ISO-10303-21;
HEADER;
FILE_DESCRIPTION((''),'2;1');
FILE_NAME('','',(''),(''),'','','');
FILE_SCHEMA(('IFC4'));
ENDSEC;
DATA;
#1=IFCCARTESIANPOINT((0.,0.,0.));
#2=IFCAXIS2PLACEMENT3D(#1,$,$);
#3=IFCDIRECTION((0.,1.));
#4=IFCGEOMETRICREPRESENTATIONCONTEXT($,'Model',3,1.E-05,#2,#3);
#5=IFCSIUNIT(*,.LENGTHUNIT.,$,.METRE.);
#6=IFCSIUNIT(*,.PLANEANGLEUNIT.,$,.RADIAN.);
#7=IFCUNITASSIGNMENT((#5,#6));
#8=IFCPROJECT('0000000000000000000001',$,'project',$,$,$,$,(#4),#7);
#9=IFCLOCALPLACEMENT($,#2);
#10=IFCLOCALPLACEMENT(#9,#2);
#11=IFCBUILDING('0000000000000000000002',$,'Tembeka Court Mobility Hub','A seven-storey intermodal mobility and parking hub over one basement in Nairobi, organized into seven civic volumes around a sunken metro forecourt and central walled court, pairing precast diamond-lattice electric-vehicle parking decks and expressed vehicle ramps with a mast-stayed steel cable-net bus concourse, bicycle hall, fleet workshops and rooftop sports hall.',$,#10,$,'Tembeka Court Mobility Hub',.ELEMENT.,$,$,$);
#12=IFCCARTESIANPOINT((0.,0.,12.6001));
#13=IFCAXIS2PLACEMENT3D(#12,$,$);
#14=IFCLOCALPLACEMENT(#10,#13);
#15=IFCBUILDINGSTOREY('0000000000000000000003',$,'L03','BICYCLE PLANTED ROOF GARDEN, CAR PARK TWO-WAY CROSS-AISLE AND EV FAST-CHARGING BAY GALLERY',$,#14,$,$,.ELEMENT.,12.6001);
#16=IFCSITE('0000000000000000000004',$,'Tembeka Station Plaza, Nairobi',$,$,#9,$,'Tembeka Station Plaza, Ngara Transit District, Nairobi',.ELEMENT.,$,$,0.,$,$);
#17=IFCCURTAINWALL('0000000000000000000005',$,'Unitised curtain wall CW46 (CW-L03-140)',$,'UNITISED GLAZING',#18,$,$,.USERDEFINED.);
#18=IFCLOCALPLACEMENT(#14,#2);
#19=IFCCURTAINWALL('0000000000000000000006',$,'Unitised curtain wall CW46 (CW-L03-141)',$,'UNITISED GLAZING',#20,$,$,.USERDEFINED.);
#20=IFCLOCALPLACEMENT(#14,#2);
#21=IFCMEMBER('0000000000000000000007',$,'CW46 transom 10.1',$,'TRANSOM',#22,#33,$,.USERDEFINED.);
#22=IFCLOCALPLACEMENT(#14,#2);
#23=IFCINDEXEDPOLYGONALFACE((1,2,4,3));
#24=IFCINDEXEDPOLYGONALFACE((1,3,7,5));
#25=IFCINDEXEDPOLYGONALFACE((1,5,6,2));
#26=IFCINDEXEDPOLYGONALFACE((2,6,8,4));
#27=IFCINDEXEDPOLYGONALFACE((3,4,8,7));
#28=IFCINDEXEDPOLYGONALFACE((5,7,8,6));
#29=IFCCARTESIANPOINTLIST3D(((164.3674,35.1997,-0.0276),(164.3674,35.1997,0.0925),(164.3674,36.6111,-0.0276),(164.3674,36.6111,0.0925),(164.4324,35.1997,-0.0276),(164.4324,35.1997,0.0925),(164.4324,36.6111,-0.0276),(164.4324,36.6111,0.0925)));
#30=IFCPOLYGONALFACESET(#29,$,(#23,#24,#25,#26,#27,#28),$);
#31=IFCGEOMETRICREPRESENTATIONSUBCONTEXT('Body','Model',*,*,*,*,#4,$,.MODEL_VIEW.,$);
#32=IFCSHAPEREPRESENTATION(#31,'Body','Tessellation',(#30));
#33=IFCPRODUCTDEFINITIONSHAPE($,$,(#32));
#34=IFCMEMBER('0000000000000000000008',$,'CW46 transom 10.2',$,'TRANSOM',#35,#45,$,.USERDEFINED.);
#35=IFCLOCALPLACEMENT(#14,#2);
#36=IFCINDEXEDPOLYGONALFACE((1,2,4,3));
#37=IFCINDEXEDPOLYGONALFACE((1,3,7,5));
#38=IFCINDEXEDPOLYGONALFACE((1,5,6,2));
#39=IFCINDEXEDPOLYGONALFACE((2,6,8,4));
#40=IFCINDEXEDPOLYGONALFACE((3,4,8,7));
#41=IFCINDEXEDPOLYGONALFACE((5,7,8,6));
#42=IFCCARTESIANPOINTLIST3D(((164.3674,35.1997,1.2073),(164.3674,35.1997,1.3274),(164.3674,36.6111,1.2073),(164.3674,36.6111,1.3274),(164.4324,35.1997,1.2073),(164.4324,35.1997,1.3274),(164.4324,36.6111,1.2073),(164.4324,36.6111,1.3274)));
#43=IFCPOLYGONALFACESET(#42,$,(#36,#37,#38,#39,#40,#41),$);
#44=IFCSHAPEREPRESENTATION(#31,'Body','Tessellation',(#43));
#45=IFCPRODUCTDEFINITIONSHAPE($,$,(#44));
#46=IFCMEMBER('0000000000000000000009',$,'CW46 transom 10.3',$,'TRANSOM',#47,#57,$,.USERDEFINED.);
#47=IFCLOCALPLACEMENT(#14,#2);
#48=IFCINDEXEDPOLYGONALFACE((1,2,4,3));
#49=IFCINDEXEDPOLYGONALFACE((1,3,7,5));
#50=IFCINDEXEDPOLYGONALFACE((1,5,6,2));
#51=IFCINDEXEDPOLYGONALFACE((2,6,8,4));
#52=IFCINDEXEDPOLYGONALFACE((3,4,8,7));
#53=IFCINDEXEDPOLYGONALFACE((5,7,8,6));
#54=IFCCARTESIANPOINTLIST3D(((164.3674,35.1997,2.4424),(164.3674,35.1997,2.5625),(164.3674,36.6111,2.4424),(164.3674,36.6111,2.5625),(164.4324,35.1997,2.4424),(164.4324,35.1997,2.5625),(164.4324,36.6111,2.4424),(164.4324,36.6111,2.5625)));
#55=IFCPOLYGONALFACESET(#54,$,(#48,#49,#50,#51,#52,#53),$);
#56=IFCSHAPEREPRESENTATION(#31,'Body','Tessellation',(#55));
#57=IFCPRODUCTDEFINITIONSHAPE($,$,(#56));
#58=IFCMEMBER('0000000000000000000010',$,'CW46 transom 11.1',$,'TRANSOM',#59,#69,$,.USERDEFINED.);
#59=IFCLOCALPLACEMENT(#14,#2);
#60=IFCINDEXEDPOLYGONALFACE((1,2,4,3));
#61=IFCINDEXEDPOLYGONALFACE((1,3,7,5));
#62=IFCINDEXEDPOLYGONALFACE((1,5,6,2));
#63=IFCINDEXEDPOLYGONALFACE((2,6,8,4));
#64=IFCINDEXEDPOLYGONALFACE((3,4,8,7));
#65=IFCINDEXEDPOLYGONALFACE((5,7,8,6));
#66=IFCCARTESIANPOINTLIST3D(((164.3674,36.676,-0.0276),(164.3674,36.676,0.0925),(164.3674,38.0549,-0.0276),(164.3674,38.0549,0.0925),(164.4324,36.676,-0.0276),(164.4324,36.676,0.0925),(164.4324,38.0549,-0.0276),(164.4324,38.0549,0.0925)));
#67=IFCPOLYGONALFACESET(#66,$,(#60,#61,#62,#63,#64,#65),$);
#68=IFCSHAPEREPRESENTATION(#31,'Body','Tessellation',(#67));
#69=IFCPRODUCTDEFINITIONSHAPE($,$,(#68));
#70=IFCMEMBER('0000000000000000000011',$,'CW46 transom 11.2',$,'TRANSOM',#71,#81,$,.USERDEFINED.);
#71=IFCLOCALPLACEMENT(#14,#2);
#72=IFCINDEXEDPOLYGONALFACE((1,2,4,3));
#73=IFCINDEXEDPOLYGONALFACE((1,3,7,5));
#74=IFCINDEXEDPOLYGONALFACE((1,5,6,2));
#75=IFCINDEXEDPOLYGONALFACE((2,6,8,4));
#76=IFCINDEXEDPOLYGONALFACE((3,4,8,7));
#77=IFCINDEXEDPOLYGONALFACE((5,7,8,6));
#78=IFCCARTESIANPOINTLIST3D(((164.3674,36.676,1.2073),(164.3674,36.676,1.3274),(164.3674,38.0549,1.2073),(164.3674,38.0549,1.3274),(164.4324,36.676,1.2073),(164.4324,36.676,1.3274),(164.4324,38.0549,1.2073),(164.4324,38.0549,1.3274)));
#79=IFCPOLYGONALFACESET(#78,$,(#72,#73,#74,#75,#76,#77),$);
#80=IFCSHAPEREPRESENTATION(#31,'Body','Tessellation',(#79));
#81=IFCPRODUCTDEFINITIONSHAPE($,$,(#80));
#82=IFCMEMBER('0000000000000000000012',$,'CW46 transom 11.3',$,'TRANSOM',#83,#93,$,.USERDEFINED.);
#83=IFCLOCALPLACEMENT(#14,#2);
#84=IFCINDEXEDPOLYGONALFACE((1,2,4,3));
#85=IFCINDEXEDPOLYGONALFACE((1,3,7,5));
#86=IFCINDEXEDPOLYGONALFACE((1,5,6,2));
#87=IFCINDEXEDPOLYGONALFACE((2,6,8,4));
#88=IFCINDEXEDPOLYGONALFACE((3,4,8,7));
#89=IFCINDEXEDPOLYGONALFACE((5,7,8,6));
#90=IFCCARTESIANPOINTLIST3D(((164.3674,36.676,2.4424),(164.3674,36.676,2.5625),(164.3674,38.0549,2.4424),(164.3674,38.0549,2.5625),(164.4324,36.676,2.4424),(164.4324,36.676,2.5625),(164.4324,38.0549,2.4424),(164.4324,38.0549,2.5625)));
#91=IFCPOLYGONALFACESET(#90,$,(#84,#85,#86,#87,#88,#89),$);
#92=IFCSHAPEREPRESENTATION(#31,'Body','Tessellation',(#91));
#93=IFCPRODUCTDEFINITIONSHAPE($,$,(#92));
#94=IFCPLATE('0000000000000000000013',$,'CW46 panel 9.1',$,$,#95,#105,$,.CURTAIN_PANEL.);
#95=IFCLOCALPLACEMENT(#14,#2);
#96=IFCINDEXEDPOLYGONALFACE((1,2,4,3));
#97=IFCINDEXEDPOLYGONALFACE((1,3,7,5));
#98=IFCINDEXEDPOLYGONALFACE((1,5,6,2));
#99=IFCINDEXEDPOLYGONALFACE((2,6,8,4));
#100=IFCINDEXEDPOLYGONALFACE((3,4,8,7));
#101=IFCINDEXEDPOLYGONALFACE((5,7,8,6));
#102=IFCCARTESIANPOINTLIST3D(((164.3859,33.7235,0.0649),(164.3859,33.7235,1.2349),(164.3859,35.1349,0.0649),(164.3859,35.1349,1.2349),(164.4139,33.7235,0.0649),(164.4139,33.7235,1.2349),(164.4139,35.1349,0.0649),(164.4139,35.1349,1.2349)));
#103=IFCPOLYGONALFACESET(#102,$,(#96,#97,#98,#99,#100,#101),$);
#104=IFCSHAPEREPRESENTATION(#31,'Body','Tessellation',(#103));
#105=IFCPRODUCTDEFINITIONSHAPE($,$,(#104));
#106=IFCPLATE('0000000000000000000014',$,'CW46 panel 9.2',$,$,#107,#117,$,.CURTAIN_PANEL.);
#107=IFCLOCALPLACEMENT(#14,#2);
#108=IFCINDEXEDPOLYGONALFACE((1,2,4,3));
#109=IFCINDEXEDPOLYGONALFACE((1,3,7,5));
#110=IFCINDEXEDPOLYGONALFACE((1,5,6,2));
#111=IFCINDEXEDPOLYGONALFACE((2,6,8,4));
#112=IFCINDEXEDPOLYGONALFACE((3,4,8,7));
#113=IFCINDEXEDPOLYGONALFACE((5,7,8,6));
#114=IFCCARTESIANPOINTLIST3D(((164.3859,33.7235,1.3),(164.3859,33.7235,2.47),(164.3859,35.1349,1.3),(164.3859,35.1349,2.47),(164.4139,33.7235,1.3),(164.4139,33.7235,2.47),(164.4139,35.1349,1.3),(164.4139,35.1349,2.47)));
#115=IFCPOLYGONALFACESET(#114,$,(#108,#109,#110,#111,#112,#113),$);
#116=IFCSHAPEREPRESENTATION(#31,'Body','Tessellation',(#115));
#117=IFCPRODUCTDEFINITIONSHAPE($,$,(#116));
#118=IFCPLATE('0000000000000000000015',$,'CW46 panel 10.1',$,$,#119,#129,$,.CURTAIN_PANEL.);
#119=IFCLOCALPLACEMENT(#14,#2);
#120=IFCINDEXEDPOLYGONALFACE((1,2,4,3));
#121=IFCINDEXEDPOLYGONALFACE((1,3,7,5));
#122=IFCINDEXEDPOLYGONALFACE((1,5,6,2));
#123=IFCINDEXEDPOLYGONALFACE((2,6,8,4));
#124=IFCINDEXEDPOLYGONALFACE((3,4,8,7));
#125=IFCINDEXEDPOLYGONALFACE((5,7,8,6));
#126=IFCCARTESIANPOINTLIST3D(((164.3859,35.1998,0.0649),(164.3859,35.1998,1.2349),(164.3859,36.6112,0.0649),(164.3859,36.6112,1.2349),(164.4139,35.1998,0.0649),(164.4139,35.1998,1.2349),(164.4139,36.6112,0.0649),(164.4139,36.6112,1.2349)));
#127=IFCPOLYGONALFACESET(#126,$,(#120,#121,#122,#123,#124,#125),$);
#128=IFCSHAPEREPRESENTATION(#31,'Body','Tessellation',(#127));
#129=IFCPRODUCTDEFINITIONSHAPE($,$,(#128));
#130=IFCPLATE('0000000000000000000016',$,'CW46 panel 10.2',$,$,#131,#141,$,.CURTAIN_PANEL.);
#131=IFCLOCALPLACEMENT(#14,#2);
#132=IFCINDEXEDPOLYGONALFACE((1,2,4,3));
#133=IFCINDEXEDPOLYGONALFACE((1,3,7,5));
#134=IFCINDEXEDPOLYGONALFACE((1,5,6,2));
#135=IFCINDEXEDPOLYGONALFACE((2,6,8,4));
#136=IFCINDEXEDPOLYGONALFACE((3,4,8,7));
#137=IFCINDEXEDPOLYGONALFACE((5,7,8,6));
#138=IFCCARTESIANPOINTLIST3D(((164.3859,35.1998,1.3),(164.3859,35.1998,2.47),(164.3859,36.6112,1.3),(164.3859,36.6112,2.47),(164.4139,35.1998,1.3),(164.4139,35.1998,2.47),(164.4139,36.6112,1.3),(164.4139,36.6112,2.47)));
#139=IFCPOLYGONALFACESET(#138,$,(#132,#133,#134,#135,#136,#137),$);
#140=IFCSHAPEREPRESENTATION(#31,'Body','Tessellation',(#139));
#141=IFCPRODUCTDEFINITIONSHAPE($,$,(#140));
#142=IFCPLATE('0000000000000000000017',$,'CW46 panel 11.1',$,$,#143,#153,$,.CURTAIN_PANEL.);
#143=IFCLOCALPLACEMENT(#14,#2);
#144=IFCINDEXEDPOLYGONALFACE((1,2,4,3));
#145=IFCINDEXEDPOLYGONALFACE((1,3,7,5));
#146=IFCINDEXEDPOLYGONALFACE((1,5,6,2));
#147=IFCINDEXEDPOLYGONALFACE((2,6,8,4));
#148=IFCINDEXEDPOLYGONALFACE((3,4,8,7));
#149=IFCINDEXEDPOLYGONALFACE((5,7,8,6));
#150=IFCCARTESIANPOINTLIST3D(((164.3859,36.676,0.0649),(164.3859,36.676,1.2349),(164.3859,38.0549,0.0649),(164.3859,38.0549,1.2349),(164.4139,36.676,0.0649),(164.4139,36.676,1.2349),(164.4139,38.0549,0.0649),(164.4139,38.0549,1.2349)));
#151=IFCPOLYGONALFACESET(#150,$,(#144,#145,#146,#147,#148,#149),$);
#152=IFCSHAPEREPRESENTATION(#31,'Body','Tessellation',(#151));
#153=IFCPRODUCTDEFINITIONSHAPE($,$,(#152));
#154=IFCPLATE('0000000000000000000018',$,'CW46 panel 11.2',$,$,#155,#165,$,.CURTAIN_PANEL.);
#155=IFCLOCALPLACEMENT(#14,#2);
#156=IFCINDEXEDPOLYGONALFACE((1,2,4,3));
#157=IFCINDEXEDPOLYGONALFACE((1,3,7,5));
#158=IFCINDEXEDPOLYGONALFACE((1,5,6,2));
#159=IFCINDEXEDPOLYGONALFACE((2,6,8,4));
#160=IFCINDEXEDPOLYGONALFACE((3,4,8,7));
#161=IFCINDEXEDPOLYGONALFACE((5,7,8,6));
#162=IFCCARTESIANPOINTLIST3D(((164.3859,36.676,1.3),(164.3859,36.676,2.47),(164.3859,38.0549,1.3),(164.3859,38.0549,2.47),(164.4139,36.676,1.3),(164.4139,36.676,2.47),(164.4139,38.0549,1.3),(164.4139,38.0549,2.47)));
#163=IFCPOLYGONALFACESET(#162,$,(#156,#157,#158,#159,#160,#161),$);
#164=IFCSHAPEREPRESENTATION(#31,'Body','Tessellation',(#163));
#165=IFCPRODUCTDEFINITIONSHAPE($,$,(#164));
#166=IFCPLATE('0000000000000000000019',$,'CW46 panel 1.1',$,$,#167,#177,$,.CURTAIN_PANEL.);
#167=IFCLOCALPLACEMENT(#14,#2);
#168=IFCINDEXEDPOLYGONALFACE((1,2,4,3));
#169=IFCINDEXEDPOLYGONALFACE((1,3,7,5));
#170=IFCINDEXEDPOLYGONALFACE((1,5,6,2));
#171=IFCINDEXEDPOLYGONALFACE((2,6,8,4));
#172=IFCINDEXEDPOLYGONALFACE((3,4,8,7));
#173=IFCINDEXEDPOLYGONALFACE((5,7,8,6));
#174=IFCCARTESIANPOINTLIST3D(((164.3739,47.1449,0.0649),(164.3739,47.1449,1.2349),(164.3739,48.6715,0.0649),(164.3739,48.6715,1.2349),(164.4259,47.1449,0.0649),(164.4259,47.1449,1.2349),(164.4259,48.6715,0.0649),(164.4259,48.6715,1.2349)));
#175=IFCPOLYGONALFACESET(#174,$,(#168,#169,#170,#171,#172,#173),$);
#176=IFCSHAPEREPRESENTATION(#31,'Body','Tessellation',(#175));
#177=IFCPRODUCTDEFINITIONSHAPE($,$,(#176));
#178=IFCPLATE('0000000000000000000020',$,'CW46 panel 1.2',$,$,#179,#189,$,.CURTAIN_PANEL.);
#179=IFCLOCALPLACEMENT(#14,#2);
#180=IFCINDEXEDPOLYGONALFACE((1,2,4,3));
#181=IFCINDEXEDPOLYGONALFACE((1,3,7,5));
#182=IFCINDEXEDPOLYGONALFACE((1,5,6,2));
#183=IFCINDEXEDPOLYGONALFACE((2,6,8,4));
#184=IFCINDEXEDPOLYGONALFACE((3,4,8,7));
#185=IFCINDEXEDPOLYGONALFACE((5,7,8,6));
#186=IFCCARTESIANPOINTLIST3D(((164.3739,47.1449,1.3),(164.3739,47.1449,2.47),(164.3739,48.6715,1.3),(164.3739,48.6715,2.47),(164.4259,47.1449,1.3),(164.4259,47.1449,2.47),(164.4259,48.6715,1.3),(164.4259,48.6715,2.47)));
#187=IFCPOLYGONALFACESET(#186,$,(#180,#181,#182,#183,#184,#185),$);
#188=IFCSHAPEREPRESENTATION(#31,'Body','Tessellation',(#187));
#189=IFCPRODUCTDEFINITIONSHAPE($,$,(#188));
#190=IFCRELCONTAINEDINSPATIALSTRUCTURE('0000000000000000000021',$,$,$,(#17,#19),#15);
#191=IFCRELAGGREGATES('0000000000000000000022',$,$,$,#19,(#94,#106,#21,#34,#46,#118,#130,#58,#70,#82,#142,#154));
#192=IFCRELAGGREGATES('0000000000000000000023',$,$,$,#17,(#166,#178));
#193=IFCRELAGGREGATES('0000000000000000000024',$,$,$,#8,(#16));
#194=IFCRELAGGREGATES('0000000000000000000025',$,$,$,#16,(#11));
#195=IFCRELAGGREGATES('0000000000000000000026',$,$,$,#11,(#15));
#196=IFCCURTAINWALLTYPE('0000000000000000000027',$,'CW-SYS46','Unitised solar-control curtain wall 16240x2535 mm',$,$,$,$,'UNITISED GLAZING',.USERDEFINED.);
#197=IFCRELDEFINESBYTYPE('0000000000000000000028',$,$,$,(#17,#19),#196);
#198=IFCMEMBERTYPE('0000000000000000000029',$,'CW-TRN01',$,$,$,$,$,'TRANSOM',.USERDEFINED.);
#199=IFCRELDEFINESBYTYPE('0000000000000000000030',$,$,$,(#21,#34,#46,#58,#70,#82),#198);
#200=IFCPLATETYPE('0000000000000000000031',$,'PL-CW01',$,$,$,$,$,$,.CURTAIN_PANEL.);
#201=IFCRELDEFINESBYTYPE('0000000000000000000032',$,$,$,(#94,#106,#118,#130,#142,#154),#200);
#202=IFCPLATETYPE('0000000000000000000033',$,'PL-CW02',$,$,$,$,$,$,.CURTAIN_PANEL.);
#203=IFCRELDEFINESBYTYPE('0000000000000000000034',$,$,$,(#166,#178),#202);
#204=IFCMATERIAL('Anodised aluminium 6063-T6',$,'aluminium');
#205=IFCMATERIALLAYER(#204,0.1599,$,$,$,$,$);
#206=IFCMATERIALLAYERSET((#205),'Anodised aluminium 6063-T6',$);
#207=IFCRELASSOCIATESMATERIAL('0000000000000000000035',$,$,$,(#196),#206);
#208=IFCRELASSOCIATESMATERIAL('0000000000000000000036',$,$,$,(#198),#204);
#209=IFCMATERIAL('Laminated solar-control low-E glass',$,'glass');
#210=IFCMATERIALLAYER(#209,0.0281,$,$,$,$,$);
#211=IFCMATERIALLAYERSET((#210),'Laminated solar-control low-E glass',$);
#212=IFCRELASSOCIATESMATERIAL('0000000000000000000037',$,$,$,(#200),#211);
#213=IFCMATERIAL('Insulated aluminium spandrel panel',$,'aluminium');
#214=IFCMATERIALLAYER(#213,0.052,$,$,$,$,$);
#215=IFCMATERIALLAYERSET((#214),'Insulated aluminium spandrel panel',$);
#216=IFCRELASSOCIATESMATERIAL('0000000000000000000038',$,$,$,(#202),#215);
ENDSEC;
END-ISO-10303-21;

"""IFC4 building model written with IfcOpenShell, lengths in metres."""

from ifc_helpers import new_model, si_unit, direction, frame, origin, origin_2d, place, context, subcontext, project, spatial, rectangle, extrude, material, layer, layer_set, material_profile, profile_set, type_object, element, aggregate, save


model = new_model("IFC4")

# Units and contexts
model_context = context("Model", 3, precision=1e-05, world=origin(), true_north=direction((0.0, 1.0)))
body_context = subcontext(model_context, "Body", "Model", "MODEL_VIEW")
ifc_project = project(units=[si_unit("LENGTHUNIT", "METRE"), si_unit("PLANEANGLEUNIT", "RADIAN")], contexts=[model_context])

# Site, building, storey
site_placement = place(None, origin())
site = spatial("IfcSite", under=ifc_project, at=site_placement, Name="Tembeka Station Plaza, Nairobi", LongName="Tembeka Station Plaza, Ngara Transit District, Nairobi", CompositionType="ELEMENT", RefElevation=0.0)
building_placement = place(site_placement, origin())
building = spatial("IfcBuilding", under=site, at=building_placement, Name="Tembeka Court Mobility Hub", Description="A seven-storey intermodal mobility and parking hub over one basement in Nairobi, organized into seven civic volumes around a sunken metro forecourt and central walled court, pairing precast diamond-lattice electric-vehicle parking decks and expressed vehicle ramps with a mast-stayed steel cable-net bus concourse, bicycle hall, fleet workshops and rooftop sports hall.", LongName="Tembeka Court Mobility Hub", CompositionType="ELEMENT")
storey_placement = place(building_placement, frame((0.0, 0.0, 12.6001)))
storey = spatial("IfcBuildingStorey", under=building, at=storey_placement, Name="L03", Description="BICYCLE PLANTED ROOF GARDEN, CAR PARK TWO-WAY CROSS-AISLE AND EV FAST-CHARGING BAY GALLERY", CompositionType="ELEMENT", Elevation=12.6001)

# Curtain wall
ifc_material_1 = material(Name="Anodised aluminium 6063-T6", Category="aluminium")
ifc_layer_1 = layer(ifc_material_1, 0.1599)
ifc_layer_set_1 = layer_set([ifc_layer_1], Name="Anodised aluminium 6063-T6")
curtain_wall_type = type_object("IfcCurtainWallType", Name="CW-SYS46", Description="Unitised solar-control curtain wall 16240x2535 mm", ElementType="UNITISED GLAZING", PredefinedType="USERDEFINED", material=ifc_layer_set_1)
curtain_wall_1_placement = place(storey_placement, origin())
curtain_wall_1 = element("IfcCurtainWall", 1, at=curtain_wall_1_placement, inside=storey, type_object=curtain_wall_type, Name="Unitised curtain wall CW46 (CW-L03-140)", ObjectType="UNITISED GLAZING", PredefinedType="USERDEFINED")

# Curtain wall
curtain_wall_2_placement = place(storey_placement, origin())
curtain_wall_2 = element("IfcCurtainWall", 2, at=curtain_wall_2_placement, inside=storey, type_object=curtain_wall_type, Name="Unitised curtain wall CW46 (CW-L03-141)", ObjectType="UNITISED GLAZING", PredefinedType="USERDEFINED")

# Members
ifc_material_profile_1 = material_profile(ifc_material_1, rectangle(XDim=0.0649, YDim=0.1201, at=origin_2d()), Name="ALU-TRN 65x120")
ifc_profile_set_1 = profile_set([ifc_material_profile_1], Name="Anodised aluminium 6063-T6")
member_type_1 = type_object("IfcMemberType", Name="CW-TRN01", ElementType="TRANSOM", PredefinedType="USERDEFINED", material=ifc_profile_set_1)
member_1_placement = place(storey_placement, frame((164.3999, 35.1997, 0.0325), z_axis=(0.0, 1.0, 0.0), x_axis=(-1.0, 0.0, 0.0)))
member_1 = element("IfcMember", 3, at=member_1_placement, type_object=member_type_1, Name="CW46 transom 10.1", ObjectType="TRANSOM", PredefinedType="USERDEFINED", context=body_context, shape_type="SweptSolid", body=[
    extrude(rectangle(XDim=0.0649, YDim=0.1201, at=origin_2d()), origin(), (0.0, 0.0, 1.0), 1.4114),
])
member_2_placement = place(storey_placement, frame((164.3999, 35.1997, 1.2673), z_axis=(0.0, 1.0, 0.0), x_axis=(-1.0, 0.0, 0.0)))
member_2 = element("IfcMember", 4, at=member_2_placement, type_object=member_type_1, Name="CW46 transom 10.2", ObjectType="TRANSOM", PredefinedType="USERDEFINED", context=body_context, shape_type="SweptSolid", body=[
    extrude(rectangle(XDim=0.0649, YDim=0.1201, at=origin_2d()), origin(), (0.0, 0.0, 1.0), 1.4114),
])
member_3_placement = place(storey_placement, frame((164.3999, 35.1997, 2.5024), z_axis=(0.0, 1.0, 0.0), x_axis=(-1.0, 0.0, 0.0)))
member_3 = element("IfcMember", 5, at=member_3_placement, type_object=member_type_1, Name="CW46 transom 10.3", ObjectType="TRANSOM", PredefinedType="USERDEFINED", context=body_context, shape_type="SweptSolid", body=[
    extrude(rectangle(XDim=0.0649, YDim=0.1201, at=origin_2d()), origin(), (0.0, 0.0, 1.0), 1.4114),
])
member_4_placement = place(storey_placement, frame((164.3999, 36.676, 0.0325), z_axis=(0.0, 1.0, 0.0), x_axis=(-1.0, 0.0, 0.0)))
member_4 = element("IfcMember", 6, at=member_4_placement, type_object=member_type_1, Name="CW46 transom 11.1", ObjectType="TRANSOM", PredefinedType="USERDEFINED", context=body_context, shape_type="SweptSolid", body=[
    extrude(rectangle(XDim=0.0649, YDim=0.1201, at=origin_2d()), origin(), (0.0, 0.0, 1.0), 1.3789),
])
member_5_placement = place(storey_placement, frame((164.3999, 36.676, 1.2673), z_axis=(0.0, 1.0, 0.0), x_axis=(-1.0, 0.0, 0.0)))
member_5 = element("IfcMember", 7, at=member_5_placement, type_object=member_type_1, Name="CW46 transom 11.2", ObjectType="TRANSOM", PredefinedType="USERDEFINED", context=body_context, shape_type="SweptSolid", body=[
    extrude(rectangle(XDim=0.0649, YDim=0.1201, at=origin_2d()), origin(), (0.0, 0.0, 1.0), 1.3789),
])
member_6_placement = place(storey_placement, frame((164.3999, 36.676, 2.5024), z_axis=(0.0, 1.0, 0.0), x_axis=(-1.0, 0.0, 0.0)))
member_6 = element("IfcMember", 8, at=member_6_placement, type_object=member_type_1, Name="CW46 transom 11.3", ObjectType="TRANSOM", PredefinedType="USERDEFINED", context=body_context, shape_type="SweptSolid", body=[
    extrude(rectangle(XDim=0.0649, YDim=0.1201, at=origin_2d()), origin(), (0.0, 0.0, 1.0), 1.3789),
])

# Plates
ifc_material_2 = material(Name="Laminated solar-control low-E glass", Category="glass")
ifc_layer_2 = layer(ifc_material_2, 0.0281)
ifc_layer_set_2 = layer_set([ifc_layer_2], Name="Laminated solar-control low-E glass")
plate_type_1 = type_object("IfcPlateType", Name="PL-CW01", PredefinedType="CURTAIN_PANEL", material=ifc_layer_set_2)
plate_1_placement = place(storey_placement, frame((164.3999, 34.4292, 0.0649), z_axis=(0.0, 0.0, 1.0), x_axis=(0.0, 1.0, 0.0)))
plate_1 = element("IfcPlate", 9, at=plate_1_placement, type_object=plate_type_1, Name="CW46 panel 9.1", PredefinedType="CURTAIN_PANEL", context=body_context, shape_type="SweptSolid", body=[
    extrude(rectangle(XDim=1.4114, YDim=0.0281, at=origin_2d()), origin(), (0.0, 0.0, 1.0), 1.1699),
])
plate_2_placement = place(storey_placement, frame((164.3999, 34.4292, 1.3), z_axis=(0.0, 0.0, 1.0), x_axis=(0.0, 1.0, 0.0)))
plate_2 = element("IfcPlate", 10, at=plate_2_placement, type_object=plate_type_1, Name="CW46 panel 9.2", PredefinedType="CURTAIN_PANEL", context=body_context, shape_type="SweptSolid", body=[
    extrude(rectangle(XDim=1.4114, YDim=0.0281, at=origin_2d()), origin(), (0.0, 0.0, 1.0), 1.1699),
])
plate_3_placement = place(storey_placement, frame((164.3999, 35.9055, 0.0649), z_axis=(0.0, 0.0, 1.0), x_axis=(0.0, 1.0, 0.0)))
plate_3 = element("IfcPlate", 11, at=plate_3_placement, type_object=plate_type_1, Name="CW46 panel 10.1", PredefinedType="CURTAIN_PANEL", context=body_context, shape_type="SweptSolid", body=[
    extrude(rectangle(XDim=1.4114, YDim=0.0281, at=origin_2d()), origin(), (0.0, 0.0, 1.0), 1.1699),
])
plate_4_placement = place(storey_placement, frame((164.3999, 35.9055, 1.3), z_axis=(0.0, 0.0, 1.0), x_axis=(0.0, 1.0, 0.0)))
plate_4 = element("IfcPlate", 12, at=plate_4_placement, type_object=plate_type_1, Name="CW46 panel 10.2", PredefinedType="CURTAIN_PANEL", context=body_context, shape_type="SweptSolid", body=[
    extrude(rectangle(XDim=1.4114, YDim=0.0281, at=origin_2d()), origin(), (0.0, 0.0, 1.0), 1.1699),
])
plate_5_placement = place(storey_placement, frame((164.3999, 37.3655, 0.0649), z_axis=(0.0, 0.0, 1.0), x_axis=(0.0, 1.0, 0.0)))
plate_5 = element("IfcPlate", 13, at=plate_5_placement, type_object=plate_type_1, Name="CW46 panel 11.1", PredefinedType="CURTAIN_PANEL", context=body_context, shape_type="SweptSolid", body=[
    extrude(rectangle(XDim=1.3789, YDim=0.0281, at=origin_2d()), origin(), (0.0, 0.0, 1.0), 1.1699),
])
plate_6_placement = place(storey_placement, frame((164.3999, 37.3655, 1.3), z_axis=(0.0, 0.0, 1.0), x_axis=(0.0, 1.0, 0.0)))
plate_6 = element("IfcPlate", 14, at=plate_6_placement, type_object=plate_type_1, Name="CW46 panel 11.2", PredefinedType="CURTAIN_PANEL", context=body_context, shape_type="SweptSolid", body=[
    extrude(rectangle(XDim=1.3789, YDim=0.0281, at=origin_2d()), origin(), (0.0, 0.0, 1.0), 1.1699),
])
aggregate(curtain_wall_2, [plate_1, plate_2, member_1, member_2, member_3, plate_3, plate_4, member_4, member_5, member_6, plate_5, plate_6])
ifc_material_3 = material(Name="Insulated aluminium spandrel panel", Category="aluminium")
ifc_layer_3 = layer(ifc_material_3, 0.052)
ifc_layer_set_3 = layer_set([ifc_layer_3], Name="Insulated aluminium spandrel panel")
plate_type_2 = type_object("IfcPlateType", Name="PL-CW02", PredefinedType="CURTAIN_PANEL", material=ifc_layer_set_3)
plate_7_placement = place(storey_placement, frame((164.3999, 47.9082, 0.0649), z_axis=(0.0, 0.0, 1.0), x_axis=(0.0, 1.0, 0.0)))
plate_7 = element("IfcPlate", 15, at=plate_7_placement, type_object=plate_type_2, Name="CW46 panel 1.1", PredefinedType="CURTAIN_PANEL", context=body_context, shape_type="SweptSolid", body=[
    extrude(rectangle(XDim=1.5266, YDim=0.052, at=origin_2d()), origin(), (0.0, 0.0, 1.0), 1.1699),
])
plate_8_placement = place(storey_placement, frame((164.3999, 47.9082, 1.3), z_axis=(0.0, 0.0, 1.0), x_axis=(0.0, 1.0, 0.0)))
plate_8 = element("IfcPlate", 16, at=plate_8_placement, type_object=plate_type_2, Name="CW46 panel 1.2", PredefinedType="CURTAIN_PANEL", context=body_context, shape_type="SweptSolid", body=[
    extrude(rectangle(XDim=1.5266, YDim=0.052, at=origin_2d()), origin(), (0.0, 0.0, 1.0), 1.1699),
])
aggregate(curtain_wall_1, [plate_7, plate_8])

save(model, "model.ifc")
